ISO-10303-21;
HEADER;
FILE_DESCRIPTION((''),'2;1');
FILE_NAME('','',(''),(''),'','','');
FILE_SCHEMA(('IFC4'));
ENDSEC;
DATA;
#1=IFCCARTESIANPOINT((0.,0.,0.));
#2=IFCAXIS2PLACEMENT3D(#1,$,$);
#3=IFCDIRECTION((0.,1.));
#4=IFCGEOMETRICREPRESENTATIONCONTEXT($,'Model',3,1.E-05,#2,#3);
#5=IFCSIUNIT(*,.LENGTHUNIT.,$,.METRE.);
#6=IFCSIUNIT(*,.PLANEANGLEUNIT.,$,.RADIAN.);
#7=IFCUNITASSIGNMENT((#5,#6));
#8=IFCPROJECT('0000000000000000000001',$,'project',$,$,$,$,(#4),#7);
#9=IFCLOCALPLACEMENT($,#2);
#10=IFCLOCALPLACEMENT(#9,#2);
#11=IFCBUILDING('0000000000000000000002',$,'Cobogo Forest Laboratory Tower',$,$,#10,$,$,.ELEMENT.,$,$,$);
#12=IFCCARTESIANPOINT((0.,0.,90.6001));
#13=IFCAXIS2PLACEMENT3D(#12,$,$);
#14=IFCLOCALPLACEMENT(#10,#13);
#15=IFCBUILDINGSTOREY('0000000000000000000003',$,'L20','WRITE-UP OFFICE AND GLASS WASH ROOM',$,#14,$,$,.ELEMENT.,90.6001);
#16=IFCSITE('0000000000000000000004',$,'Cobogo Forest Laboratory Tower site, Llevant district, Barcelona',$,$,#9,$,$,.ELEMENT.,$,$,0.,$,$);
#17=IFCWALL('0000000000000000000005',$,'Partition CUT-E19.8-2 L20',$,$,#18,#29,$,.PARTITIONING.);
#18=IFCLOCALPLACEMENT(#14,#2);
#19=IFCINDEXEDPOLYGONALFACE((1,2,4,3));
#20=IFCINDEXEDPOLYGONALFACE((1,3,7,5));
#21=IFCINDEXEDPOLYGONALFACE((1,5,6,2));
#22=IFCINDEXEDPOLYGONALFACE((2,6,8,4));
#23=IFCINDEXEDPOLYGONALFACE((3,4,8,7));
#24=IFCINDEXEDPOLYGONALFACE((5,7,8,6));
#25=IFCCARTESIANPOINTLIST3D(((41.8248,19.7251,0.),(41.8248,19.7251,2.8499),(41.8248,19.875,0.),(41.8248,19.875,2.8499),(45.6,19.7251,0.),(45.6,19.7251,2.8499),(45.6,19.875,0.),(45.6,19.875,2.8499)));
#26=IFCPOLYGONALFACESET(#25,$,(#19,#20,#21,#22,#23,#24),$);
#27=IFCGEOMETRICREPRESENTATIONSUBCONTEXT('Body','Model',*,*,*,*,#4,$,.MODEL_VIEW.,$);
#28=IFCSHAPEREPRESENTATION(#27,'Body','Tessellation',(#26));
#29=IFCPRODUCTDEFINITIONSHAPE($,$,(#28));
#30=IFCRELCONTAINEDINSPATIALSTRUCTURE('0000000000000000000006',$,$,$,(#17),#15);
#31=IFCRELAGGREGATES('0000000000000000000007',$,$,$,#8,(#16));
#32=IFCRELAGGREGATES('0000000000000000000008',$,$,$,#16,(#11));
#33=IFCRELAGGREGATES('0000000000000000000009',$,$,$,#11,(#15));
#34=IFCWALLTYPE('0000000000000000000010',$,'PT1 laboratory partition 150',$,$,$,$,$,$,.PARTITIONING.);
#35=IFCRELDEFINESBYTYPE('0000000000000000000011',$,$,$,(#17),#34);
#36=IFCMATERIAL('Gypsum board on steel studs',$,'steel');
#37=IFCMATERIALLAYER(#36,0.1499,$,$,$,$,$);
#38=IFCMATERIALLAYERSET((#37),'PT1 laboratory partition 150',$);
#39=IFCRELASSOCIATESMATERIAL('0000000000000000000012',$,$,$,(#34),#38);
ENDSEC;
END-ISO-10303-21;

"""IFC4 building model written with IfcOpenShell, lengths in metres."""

from ifc_helpers import new_model, si_unit, direction, frame, frame_2d, origin, place, context, subcontext, project, spatial, rectangle, extrude, material, layer, layer_set, type_object, element, save


model = new_model("IFC4")

# Units and contexts
model_context = context("Model", 3, precision=1e-05, world=origin(), true_north=direction((0.0, 1.0)))
body_context = subcontext(model_context, "Body", "Model", "MODEL_VIEW")
ifc_project = project(units=[si_unit("LENGTHUNIT", "METRE"), si_unit("PLANEANGLEUNIT", "RADIAN")], contexts=[model_context])

# Site, building, storey
site_placement = place(None, origin())
site = spatial("IfcSite", under=ifc_project, at=site_placement, Name="Cobogo Forest Laboratory Tower site, Llevant district, Barcelona", CompositionType="ELEMENT", RefElevation=0.0)
building_placement = place(site_placement, origin())
building = spatial("IfcBuilding", under=site, at=building_placement, Name="Cobogo Forest Laboratory Tower", CompositionType="ELEMENT")
storey_placement = place(building_placement, frame((0.0, 0.0, 90.6001)))
storey = spatial("IfcBuildingStorey", under=building, at=storey_placement, Name="L20", Description="WRITE-UP OFFICE AND GLASS WASH ROOM", CompositionType="ELEMENT", Elevation=90.6001)

# Wall
ifc_material_1 = material(Name="Gypsum board on steel studs", Category="steel")
ifc_layer_1 = layer(ifc_material_1, 0.1499)
ifc_layer_set_1 = layer_set([ifc_layer_1], Name="PT1 laboratory partition 150")
wall_type = type_object("IfcWallType", Name="PT1 laboratory partition 150", PredefinedType="PARTITIONING", material=ifc_layer_set_1)
wall_1_placement = place(storey_placement, frame((45.6001, 19.8, 0.0), z_axis=(0.0, 0.0, 1.0), x_axis=(-1.0, 0.0, 0.0)))
element("IfcWall", 1, at=wall_1_placement, inside=storey, type_object=wall_type, Name="Partition CUT-E19.8-2 L20", PredefinedType="PARTITIONING", context=body_context, shape_type="SweptSolid", body=[
    extrude(rectangle(XDim=3.7751, YDim=0.1499, at=frame_2d((1.8877, 0.0))), origin(), (0.0, 0.0, 1.0), 2.8499),
])

save(model, "model.ifc")
